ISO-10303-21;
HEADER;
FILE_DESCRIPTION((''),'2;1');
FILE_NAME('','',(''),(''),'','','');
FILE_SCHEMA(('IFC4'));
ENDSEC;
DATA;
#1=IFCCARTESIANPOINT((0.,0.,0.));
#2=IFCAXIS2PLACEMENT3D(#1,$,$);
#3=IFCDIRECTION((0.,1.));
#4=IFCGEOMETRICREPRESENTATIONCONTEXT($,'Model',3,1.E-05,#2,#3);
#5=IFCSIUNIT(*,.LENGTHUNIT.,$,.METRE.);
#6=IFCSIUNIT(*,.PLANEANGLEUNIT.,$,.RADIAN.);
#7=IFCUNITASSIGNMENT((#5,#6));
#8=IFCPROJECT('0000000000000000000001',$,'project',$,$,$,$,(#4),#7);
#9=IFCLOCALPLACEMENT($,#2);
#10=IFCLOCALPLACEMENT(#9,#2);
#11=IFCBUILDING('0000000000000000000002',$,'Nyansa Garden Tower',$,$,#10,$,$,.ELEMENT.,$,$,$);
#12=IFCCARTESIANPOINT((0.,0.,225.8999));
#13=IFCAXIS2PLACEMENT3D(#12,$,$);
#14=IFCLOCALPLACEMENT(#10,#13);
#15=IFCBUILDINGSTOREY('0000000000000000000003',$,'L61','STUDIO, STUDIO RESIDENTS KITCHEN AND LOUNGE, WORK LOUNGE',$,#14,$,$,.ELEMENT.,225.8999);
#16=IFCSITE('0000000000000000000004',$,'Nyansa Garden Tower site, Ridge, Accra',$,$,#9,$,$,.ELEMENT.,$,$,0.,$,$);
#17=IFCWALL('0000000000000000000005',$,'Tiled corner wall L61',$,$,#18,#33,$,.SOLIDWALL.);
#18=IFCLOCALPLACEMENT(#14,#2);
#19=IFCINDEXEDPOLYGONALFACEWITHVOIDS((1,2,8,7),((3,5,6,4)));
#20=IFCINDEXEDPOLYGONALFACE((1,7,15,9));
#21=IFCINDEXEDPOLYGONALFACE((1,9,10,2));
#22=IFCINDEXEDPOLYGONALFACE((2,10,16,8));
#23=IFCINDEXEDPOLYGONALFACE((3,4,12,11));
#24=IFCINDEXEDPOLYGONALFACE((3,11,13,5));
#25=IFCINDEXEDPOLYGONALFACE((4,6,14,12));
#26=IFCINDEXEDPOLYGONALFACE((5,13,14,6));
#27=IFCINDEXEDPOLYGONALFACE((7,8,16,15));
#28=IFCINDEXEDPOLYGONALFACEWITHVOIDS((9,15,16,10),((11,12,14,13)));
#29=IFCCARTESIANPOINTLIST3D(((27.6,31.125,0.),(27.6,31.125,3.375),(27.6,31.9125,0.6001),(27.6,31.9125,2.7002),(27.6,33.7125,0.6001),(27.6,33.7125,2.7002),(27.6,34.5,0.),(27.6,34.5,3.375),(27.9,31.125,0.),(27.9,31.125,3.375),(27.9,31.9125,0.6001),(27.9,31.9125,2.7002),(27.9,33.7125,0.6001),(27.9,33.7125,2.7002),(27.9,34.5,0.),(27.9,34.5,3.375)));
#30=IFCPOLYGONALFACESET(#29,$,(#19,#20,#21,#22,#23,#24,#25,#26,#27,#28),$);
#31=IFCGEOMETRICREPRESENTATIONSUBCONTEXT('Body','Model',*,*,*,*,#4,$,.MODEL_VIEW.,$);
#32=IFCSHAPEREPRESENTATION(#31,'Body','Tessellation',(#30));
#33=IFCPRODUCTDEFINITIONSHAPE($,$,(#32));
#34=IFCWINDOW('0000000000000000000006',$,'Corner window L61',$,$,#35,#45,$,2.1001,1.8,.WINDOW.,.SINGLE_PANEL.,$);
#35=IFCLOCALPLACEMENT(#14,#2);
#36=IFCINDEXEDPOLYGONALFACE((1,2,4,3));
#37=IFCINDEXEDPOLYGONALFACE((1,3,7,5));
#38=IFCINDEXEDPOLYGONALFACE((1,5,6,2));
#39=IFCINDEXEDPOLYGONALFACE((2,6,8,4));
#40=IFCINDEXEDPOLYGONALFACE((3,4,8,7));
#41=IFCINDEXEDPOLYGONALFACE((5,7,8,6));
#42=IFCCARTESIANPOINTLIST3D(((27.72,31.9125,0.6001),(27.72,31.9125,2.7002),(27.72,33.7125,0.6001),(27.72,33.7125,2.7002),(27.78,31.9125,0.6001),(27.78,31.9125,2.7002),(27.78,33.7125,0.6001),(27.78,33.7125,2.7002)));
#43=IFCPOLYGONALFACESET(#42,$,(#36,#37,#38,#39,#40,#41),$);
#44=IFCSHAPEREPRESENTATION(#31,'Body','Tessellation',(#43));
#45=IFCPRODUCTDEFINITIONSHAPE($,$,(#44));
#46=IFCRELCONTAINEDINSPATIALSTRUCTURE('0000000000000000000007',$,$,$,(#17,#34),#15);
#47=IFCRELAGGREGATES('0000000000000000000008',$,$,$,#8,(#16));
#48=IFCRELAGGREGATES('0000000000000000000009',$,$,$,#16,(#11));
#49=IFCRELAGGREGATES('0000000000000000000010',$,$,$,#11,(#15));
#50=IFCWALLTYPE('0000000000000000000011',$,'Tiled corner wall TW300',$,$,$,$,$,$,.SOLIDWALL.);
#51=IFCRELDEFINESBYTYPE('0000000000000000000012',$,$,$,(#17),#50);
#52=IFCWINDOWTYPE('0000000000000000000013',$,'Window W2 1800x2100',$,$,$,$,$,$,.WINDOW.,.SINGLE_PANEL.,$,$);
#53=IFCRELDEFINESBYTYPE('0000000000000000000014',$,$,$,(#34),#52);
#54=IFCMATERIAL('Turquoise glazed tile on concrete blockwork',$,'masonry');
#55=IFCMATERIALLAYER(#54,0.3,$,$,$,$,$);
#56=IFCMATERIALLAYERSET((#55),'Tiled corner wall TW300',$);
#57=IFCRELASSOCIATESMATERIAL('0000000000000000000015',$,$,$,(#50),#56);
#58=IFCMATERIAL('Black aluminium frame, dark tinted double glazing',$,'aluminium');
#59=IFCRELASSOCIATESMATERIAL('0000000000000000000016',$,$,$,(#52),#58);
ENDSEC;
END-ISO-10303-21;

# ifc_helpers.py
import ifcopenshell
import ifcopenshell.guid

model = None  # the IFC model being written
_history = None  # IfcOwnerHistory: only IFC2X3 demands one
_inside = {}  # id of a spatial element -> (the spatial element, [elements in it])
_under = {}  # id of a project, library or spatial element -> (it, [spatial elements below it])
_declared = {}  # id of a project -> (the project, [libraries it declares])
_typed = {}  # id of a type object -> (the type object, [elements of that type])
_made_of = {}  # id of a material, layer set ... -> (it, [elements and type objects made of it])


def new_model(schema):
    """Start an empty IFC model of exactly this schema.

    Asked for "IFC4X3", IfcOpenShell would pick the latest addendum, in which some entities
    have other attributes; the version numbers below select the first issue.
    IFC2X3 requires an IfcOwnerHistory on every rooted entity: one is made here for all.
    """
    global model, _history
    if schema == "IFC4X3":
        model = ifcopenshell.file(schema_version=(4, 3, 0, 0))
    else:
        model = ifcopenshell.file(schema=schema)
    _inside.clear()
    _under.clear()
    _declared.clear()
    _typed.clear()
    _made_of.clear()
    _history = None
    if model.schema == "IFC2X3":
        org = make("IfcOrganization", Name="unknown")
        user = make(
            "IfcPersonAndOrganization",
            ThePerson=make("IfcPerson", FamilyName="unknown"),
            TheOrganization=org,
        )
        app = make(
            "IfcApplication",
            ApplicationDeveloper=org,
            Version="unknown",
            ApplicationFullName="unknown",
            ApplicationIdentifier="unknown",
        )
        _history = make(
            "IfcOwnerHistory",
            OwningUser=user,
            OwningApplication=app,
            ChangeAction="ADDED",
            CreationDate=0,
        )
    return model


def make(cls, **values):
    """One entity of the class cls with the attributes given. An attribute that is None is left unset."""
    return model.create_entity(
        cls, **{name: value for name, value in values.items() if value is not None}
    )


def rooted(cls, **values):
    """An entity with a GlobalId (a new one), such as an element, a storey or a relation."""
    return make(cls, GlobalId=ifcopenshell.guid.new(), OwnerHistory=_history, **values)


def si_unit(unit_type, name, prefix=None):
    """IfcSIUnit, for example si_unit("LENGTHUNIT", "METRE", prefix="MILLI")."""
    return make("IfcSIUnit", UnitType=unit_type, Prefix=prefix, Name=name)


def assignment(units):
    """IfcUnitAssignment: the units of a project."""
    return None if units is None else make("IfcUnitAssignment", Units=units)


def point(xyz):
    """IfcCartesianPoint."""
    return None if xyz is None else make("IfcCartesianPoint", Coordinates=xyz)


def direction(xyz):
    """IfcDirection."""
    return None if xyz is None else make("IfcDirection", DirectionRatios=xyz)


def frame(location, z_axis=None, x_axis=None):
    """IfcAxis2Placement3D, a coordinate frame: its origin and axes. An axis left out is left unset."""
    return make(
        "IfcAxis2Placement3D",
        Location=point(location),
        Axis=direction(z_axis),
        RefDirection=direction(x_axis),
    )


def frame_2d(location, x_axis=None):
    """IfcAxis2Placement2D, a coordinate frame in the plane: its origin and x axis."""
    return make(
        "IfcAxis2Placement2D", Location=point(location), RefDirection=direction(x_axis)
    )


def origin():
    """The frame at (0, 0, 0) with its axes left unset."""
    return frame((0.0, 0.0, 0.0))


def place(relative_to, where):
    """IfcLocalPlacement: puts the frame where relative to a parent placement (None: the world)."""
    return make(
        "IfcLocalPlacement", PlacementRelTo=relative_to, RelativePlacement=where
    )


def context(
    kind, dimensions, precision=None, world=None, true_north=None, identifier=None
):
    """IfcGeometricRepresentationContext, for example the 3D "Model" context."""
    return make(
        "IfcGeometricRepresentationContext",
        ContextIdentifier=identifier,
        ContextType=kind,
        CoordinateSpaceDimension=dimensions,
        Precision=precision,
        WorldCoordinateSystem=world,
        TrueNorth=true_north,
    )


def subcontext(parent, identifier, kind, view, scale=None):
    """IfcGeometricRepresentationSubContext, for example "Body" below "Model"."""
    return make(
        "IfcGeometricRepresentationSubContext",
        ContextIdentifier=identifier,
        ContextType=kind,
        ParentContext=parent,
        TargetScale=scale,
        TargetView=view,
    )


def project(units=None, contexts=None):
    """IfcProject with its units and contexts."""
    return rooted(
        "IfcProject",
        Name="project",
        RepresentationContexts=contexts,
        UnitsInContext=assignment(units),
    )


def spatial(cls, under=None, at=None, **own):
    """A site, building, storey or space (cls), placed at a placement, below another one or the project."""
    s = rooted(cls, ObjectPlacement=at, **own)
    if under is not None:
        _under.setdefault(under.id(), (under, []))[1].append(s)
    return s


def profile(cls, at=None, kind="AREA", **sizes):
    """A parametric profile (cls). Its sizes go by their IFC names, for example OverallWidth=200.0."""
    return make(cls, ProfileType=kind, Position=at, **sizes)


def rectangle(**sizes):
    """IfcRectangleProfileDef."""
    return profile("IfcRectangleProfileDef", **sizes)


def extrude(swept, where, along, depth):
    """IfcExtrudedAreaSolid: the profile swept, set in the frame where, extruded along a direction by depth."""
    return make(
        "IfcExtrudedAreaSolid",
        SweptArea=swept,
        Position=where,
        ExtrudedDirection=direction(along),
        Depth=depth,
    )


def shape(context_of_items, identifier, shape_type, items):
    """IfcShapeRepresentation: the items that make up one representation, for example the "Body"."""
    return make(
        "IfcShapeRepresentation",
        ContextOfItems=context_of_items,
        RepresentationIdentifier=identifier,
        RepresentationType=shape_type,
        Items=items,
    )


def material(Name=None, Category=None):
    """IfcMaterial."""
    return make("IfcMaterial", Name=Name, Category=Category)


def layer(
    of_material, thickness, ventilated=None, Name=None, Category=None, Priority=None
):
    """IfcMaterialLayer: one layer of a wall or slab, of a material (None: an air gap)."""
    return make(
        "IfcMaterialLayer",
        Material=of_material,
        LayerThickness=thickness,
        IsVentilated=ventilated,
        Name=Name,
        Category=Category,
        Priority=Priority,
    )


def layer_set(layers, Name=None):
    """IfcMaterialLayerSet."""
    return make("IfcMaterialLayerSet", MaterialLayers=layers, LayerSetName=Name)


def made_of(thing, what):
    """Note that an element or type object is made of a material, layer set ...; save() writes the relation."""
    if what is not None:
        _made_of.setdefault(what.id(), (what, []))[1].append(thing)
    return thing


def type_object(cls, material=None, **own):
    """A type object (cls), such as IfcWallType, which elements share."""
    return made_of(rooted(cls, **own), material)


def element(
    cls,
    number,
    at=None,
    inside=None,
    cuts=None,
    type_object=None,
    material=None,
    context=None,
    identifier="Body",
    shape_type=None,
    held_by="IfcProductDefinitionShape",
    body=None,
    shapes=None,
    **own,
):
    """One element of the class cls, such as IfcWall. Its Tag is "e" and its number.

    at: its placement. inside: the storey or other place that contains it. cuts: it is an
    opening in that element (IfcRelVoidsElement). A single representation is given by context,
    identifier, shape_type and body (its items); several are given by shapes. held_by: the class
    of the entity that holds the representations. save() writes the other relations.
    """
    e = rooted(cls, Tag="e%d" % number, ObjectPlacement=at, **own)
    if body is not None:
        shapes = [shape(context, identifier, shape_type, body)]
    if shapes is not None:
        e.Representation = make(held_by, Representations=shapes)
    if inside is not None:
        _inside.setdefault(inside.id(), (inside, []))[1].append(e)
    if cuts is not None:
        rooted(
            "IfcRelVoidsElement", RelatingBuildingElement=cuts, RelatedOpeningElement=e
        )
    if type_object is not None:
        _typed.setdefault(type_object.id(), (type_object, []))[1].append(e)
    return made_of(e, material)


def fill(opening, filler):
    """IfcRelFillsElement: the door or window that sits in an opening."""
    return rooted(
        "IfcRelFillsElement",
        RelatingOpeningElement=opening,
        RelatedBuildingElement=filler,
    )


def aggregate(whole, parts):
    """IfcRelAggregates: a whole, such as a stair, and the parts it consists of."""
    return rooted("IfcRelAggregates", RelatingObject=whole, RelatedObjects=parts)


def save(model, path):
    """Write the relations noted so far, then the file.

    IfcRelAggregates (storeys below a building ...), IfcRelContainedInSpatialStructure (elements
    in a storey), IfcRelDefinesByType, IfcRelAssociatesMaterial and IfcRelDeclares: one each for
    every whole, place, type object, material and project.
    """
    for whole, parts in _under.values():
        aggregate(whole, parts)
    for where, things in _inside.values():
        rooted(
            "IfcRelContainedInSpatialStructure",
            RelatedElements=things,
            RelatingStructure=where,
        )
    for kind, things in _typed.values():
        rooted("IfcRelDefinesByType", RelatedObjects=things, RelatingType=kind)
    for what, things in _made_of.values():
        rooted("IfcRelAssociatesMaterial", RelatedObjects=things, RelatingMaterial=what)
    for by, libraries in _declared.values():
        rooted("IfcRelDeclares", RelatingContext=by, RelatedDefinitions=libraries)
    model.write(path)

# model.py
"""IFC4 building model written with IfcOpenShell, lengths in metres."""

from ifc_helpers import new_model, si_unit, direction, frame, frame_2d, origin, place, context, subcontext, project, spatial, rectangle, extrude, material, layer, layer_set, type_object, element, fill, save


model = new_model("IFC4")

# Units and contexts
model_context = context("Model", 3, precision=1e-05, world=origin(), true_north=direction((0.0, 1.0)))
body_context = subcontext(model_context, "Body", "Model", "MODEL_VIEW")
ifc_project = project(units=[si_unit("LENGTHUNIT", "METRE"), si_unit("PLANEANGLEUNIT", "RADIAN")], contexts=[model_context])

# Site, building, storey
site_placement = place(None, origin())
site = spatial("IfcSite", under=ifc_project, at=site_placement, Name="Nyansa Garden Tower site, Ridge, Accra", CompositionType="ELEMENT", RefElevation=0.0)
building_placement = place(site_placement, origin())
building = spatial("IfcBuilding", under=site, at=building_placement, Name="Nyansa Garden Tower", CompositionType="ELEMENT")
storey_placement = place(building_placement, frame((0.0, 0.0, 225.8999)))
storey = spatial("IfcBuildingStorey", under=building, at=storey_placement, Name="L61", Description="STUDIO, STUDIO RESIDENTS KITCHEN AND LOUNGE, WORK LOUNGE", CompositionType="ELEMENT", Elevation=225.8999)

# Wall, opening, window
ifc_material_1 = material(Name="Turquoise glazed tile on concrete blockwork", Category="masonry")
ifc_layer_1 = layer(ifc_material_1, 0.3)
ifc_layer_set_1 = layer_set([ifc_layer_1], Name="Tiled corner wall TW300")
wall_type_1 = type_object("IfcWallType", Name="Tiled corner wall TW300", PredefinedType="SOLIDWALL", material=ifc_layer_set_1)
ifc_material_2 = material(Name="Black aluminium frame, dark tinted double glazing", Category="aluminium")
window_type_1 = type_object("IfcWindowType", Name="Window W2 1800x2100", PartitioningType="SINGLE_PANEL", PredefinedType="WINDOW", material=ifc_material_2)
wall_1_placement = place(storey_placement, frame((27.75, 31.125, 0.0), z_axis=(0.0, 0.0, 1.0), x_axis=(0.0, 1.0, 0.0)))
wall_1 = element("IfcWall", 1, at=wall_1_placement, inside=storey, type_object=wall_type_1, Name="Tiled corner wall L61", PredefinedType="SOLIDWALL", context=body_context, shape_type="SweptSolid", body=[
    extrude(rectangle(XDim=3.375, YDim=0.3, at=frame_2d((1.6875, 0.0))), origin(), (0.0, 0.0, 1.0), 3.375),
])
opening_1_placement = place(wall_1_placement, frame((0.7876, 0.0, 0.6001)))
opening_1 = element("IfcOpeningElement", 2, at=opening_1_placement, cuts=wall_1, PredefinedType="OPENING", context=body_context, shape_type="SweptSolid", body=[
    extrude(rectangle(XDim=1.8, YDim=2.1001, at=frame_2d((0.8999, 1.05))), frame((0.0, 0.1599, 0.0), z_axis=(0.0, -1.0, 0.0), x_axis=(1.0, 0.0, 0.0)), (0.0, 0.0, 1.0), 0.3201),
])
window_1_placement = place(opening_1_placement, origin())
window_1 = element("IfcWindow", 3, at=window_1_placement, inside=storey, type_object=window_type_1, Name="Corner window L61", OverallHeight=2.1001, OverallWidth=1.8, PartitioningType="SINGLE_PANEL", PredefinedType="WINDOW", context=body_context, shape_type="SweptSolid", body=[
    extrude(rectangle(XDim=1.8, YDim=2.1001, at=frame_2d((0.8999, 1.05))), frame((0.0, 0.03, 0.0), z_axis=(0.0, -1.0, 0.0), x_axis=(1.0, 0.0, 0.0)), (0.0, 0.0, 1.0), 0.0601),
])
fill(opening_1, window_1)

save(model, "model.ifc")
